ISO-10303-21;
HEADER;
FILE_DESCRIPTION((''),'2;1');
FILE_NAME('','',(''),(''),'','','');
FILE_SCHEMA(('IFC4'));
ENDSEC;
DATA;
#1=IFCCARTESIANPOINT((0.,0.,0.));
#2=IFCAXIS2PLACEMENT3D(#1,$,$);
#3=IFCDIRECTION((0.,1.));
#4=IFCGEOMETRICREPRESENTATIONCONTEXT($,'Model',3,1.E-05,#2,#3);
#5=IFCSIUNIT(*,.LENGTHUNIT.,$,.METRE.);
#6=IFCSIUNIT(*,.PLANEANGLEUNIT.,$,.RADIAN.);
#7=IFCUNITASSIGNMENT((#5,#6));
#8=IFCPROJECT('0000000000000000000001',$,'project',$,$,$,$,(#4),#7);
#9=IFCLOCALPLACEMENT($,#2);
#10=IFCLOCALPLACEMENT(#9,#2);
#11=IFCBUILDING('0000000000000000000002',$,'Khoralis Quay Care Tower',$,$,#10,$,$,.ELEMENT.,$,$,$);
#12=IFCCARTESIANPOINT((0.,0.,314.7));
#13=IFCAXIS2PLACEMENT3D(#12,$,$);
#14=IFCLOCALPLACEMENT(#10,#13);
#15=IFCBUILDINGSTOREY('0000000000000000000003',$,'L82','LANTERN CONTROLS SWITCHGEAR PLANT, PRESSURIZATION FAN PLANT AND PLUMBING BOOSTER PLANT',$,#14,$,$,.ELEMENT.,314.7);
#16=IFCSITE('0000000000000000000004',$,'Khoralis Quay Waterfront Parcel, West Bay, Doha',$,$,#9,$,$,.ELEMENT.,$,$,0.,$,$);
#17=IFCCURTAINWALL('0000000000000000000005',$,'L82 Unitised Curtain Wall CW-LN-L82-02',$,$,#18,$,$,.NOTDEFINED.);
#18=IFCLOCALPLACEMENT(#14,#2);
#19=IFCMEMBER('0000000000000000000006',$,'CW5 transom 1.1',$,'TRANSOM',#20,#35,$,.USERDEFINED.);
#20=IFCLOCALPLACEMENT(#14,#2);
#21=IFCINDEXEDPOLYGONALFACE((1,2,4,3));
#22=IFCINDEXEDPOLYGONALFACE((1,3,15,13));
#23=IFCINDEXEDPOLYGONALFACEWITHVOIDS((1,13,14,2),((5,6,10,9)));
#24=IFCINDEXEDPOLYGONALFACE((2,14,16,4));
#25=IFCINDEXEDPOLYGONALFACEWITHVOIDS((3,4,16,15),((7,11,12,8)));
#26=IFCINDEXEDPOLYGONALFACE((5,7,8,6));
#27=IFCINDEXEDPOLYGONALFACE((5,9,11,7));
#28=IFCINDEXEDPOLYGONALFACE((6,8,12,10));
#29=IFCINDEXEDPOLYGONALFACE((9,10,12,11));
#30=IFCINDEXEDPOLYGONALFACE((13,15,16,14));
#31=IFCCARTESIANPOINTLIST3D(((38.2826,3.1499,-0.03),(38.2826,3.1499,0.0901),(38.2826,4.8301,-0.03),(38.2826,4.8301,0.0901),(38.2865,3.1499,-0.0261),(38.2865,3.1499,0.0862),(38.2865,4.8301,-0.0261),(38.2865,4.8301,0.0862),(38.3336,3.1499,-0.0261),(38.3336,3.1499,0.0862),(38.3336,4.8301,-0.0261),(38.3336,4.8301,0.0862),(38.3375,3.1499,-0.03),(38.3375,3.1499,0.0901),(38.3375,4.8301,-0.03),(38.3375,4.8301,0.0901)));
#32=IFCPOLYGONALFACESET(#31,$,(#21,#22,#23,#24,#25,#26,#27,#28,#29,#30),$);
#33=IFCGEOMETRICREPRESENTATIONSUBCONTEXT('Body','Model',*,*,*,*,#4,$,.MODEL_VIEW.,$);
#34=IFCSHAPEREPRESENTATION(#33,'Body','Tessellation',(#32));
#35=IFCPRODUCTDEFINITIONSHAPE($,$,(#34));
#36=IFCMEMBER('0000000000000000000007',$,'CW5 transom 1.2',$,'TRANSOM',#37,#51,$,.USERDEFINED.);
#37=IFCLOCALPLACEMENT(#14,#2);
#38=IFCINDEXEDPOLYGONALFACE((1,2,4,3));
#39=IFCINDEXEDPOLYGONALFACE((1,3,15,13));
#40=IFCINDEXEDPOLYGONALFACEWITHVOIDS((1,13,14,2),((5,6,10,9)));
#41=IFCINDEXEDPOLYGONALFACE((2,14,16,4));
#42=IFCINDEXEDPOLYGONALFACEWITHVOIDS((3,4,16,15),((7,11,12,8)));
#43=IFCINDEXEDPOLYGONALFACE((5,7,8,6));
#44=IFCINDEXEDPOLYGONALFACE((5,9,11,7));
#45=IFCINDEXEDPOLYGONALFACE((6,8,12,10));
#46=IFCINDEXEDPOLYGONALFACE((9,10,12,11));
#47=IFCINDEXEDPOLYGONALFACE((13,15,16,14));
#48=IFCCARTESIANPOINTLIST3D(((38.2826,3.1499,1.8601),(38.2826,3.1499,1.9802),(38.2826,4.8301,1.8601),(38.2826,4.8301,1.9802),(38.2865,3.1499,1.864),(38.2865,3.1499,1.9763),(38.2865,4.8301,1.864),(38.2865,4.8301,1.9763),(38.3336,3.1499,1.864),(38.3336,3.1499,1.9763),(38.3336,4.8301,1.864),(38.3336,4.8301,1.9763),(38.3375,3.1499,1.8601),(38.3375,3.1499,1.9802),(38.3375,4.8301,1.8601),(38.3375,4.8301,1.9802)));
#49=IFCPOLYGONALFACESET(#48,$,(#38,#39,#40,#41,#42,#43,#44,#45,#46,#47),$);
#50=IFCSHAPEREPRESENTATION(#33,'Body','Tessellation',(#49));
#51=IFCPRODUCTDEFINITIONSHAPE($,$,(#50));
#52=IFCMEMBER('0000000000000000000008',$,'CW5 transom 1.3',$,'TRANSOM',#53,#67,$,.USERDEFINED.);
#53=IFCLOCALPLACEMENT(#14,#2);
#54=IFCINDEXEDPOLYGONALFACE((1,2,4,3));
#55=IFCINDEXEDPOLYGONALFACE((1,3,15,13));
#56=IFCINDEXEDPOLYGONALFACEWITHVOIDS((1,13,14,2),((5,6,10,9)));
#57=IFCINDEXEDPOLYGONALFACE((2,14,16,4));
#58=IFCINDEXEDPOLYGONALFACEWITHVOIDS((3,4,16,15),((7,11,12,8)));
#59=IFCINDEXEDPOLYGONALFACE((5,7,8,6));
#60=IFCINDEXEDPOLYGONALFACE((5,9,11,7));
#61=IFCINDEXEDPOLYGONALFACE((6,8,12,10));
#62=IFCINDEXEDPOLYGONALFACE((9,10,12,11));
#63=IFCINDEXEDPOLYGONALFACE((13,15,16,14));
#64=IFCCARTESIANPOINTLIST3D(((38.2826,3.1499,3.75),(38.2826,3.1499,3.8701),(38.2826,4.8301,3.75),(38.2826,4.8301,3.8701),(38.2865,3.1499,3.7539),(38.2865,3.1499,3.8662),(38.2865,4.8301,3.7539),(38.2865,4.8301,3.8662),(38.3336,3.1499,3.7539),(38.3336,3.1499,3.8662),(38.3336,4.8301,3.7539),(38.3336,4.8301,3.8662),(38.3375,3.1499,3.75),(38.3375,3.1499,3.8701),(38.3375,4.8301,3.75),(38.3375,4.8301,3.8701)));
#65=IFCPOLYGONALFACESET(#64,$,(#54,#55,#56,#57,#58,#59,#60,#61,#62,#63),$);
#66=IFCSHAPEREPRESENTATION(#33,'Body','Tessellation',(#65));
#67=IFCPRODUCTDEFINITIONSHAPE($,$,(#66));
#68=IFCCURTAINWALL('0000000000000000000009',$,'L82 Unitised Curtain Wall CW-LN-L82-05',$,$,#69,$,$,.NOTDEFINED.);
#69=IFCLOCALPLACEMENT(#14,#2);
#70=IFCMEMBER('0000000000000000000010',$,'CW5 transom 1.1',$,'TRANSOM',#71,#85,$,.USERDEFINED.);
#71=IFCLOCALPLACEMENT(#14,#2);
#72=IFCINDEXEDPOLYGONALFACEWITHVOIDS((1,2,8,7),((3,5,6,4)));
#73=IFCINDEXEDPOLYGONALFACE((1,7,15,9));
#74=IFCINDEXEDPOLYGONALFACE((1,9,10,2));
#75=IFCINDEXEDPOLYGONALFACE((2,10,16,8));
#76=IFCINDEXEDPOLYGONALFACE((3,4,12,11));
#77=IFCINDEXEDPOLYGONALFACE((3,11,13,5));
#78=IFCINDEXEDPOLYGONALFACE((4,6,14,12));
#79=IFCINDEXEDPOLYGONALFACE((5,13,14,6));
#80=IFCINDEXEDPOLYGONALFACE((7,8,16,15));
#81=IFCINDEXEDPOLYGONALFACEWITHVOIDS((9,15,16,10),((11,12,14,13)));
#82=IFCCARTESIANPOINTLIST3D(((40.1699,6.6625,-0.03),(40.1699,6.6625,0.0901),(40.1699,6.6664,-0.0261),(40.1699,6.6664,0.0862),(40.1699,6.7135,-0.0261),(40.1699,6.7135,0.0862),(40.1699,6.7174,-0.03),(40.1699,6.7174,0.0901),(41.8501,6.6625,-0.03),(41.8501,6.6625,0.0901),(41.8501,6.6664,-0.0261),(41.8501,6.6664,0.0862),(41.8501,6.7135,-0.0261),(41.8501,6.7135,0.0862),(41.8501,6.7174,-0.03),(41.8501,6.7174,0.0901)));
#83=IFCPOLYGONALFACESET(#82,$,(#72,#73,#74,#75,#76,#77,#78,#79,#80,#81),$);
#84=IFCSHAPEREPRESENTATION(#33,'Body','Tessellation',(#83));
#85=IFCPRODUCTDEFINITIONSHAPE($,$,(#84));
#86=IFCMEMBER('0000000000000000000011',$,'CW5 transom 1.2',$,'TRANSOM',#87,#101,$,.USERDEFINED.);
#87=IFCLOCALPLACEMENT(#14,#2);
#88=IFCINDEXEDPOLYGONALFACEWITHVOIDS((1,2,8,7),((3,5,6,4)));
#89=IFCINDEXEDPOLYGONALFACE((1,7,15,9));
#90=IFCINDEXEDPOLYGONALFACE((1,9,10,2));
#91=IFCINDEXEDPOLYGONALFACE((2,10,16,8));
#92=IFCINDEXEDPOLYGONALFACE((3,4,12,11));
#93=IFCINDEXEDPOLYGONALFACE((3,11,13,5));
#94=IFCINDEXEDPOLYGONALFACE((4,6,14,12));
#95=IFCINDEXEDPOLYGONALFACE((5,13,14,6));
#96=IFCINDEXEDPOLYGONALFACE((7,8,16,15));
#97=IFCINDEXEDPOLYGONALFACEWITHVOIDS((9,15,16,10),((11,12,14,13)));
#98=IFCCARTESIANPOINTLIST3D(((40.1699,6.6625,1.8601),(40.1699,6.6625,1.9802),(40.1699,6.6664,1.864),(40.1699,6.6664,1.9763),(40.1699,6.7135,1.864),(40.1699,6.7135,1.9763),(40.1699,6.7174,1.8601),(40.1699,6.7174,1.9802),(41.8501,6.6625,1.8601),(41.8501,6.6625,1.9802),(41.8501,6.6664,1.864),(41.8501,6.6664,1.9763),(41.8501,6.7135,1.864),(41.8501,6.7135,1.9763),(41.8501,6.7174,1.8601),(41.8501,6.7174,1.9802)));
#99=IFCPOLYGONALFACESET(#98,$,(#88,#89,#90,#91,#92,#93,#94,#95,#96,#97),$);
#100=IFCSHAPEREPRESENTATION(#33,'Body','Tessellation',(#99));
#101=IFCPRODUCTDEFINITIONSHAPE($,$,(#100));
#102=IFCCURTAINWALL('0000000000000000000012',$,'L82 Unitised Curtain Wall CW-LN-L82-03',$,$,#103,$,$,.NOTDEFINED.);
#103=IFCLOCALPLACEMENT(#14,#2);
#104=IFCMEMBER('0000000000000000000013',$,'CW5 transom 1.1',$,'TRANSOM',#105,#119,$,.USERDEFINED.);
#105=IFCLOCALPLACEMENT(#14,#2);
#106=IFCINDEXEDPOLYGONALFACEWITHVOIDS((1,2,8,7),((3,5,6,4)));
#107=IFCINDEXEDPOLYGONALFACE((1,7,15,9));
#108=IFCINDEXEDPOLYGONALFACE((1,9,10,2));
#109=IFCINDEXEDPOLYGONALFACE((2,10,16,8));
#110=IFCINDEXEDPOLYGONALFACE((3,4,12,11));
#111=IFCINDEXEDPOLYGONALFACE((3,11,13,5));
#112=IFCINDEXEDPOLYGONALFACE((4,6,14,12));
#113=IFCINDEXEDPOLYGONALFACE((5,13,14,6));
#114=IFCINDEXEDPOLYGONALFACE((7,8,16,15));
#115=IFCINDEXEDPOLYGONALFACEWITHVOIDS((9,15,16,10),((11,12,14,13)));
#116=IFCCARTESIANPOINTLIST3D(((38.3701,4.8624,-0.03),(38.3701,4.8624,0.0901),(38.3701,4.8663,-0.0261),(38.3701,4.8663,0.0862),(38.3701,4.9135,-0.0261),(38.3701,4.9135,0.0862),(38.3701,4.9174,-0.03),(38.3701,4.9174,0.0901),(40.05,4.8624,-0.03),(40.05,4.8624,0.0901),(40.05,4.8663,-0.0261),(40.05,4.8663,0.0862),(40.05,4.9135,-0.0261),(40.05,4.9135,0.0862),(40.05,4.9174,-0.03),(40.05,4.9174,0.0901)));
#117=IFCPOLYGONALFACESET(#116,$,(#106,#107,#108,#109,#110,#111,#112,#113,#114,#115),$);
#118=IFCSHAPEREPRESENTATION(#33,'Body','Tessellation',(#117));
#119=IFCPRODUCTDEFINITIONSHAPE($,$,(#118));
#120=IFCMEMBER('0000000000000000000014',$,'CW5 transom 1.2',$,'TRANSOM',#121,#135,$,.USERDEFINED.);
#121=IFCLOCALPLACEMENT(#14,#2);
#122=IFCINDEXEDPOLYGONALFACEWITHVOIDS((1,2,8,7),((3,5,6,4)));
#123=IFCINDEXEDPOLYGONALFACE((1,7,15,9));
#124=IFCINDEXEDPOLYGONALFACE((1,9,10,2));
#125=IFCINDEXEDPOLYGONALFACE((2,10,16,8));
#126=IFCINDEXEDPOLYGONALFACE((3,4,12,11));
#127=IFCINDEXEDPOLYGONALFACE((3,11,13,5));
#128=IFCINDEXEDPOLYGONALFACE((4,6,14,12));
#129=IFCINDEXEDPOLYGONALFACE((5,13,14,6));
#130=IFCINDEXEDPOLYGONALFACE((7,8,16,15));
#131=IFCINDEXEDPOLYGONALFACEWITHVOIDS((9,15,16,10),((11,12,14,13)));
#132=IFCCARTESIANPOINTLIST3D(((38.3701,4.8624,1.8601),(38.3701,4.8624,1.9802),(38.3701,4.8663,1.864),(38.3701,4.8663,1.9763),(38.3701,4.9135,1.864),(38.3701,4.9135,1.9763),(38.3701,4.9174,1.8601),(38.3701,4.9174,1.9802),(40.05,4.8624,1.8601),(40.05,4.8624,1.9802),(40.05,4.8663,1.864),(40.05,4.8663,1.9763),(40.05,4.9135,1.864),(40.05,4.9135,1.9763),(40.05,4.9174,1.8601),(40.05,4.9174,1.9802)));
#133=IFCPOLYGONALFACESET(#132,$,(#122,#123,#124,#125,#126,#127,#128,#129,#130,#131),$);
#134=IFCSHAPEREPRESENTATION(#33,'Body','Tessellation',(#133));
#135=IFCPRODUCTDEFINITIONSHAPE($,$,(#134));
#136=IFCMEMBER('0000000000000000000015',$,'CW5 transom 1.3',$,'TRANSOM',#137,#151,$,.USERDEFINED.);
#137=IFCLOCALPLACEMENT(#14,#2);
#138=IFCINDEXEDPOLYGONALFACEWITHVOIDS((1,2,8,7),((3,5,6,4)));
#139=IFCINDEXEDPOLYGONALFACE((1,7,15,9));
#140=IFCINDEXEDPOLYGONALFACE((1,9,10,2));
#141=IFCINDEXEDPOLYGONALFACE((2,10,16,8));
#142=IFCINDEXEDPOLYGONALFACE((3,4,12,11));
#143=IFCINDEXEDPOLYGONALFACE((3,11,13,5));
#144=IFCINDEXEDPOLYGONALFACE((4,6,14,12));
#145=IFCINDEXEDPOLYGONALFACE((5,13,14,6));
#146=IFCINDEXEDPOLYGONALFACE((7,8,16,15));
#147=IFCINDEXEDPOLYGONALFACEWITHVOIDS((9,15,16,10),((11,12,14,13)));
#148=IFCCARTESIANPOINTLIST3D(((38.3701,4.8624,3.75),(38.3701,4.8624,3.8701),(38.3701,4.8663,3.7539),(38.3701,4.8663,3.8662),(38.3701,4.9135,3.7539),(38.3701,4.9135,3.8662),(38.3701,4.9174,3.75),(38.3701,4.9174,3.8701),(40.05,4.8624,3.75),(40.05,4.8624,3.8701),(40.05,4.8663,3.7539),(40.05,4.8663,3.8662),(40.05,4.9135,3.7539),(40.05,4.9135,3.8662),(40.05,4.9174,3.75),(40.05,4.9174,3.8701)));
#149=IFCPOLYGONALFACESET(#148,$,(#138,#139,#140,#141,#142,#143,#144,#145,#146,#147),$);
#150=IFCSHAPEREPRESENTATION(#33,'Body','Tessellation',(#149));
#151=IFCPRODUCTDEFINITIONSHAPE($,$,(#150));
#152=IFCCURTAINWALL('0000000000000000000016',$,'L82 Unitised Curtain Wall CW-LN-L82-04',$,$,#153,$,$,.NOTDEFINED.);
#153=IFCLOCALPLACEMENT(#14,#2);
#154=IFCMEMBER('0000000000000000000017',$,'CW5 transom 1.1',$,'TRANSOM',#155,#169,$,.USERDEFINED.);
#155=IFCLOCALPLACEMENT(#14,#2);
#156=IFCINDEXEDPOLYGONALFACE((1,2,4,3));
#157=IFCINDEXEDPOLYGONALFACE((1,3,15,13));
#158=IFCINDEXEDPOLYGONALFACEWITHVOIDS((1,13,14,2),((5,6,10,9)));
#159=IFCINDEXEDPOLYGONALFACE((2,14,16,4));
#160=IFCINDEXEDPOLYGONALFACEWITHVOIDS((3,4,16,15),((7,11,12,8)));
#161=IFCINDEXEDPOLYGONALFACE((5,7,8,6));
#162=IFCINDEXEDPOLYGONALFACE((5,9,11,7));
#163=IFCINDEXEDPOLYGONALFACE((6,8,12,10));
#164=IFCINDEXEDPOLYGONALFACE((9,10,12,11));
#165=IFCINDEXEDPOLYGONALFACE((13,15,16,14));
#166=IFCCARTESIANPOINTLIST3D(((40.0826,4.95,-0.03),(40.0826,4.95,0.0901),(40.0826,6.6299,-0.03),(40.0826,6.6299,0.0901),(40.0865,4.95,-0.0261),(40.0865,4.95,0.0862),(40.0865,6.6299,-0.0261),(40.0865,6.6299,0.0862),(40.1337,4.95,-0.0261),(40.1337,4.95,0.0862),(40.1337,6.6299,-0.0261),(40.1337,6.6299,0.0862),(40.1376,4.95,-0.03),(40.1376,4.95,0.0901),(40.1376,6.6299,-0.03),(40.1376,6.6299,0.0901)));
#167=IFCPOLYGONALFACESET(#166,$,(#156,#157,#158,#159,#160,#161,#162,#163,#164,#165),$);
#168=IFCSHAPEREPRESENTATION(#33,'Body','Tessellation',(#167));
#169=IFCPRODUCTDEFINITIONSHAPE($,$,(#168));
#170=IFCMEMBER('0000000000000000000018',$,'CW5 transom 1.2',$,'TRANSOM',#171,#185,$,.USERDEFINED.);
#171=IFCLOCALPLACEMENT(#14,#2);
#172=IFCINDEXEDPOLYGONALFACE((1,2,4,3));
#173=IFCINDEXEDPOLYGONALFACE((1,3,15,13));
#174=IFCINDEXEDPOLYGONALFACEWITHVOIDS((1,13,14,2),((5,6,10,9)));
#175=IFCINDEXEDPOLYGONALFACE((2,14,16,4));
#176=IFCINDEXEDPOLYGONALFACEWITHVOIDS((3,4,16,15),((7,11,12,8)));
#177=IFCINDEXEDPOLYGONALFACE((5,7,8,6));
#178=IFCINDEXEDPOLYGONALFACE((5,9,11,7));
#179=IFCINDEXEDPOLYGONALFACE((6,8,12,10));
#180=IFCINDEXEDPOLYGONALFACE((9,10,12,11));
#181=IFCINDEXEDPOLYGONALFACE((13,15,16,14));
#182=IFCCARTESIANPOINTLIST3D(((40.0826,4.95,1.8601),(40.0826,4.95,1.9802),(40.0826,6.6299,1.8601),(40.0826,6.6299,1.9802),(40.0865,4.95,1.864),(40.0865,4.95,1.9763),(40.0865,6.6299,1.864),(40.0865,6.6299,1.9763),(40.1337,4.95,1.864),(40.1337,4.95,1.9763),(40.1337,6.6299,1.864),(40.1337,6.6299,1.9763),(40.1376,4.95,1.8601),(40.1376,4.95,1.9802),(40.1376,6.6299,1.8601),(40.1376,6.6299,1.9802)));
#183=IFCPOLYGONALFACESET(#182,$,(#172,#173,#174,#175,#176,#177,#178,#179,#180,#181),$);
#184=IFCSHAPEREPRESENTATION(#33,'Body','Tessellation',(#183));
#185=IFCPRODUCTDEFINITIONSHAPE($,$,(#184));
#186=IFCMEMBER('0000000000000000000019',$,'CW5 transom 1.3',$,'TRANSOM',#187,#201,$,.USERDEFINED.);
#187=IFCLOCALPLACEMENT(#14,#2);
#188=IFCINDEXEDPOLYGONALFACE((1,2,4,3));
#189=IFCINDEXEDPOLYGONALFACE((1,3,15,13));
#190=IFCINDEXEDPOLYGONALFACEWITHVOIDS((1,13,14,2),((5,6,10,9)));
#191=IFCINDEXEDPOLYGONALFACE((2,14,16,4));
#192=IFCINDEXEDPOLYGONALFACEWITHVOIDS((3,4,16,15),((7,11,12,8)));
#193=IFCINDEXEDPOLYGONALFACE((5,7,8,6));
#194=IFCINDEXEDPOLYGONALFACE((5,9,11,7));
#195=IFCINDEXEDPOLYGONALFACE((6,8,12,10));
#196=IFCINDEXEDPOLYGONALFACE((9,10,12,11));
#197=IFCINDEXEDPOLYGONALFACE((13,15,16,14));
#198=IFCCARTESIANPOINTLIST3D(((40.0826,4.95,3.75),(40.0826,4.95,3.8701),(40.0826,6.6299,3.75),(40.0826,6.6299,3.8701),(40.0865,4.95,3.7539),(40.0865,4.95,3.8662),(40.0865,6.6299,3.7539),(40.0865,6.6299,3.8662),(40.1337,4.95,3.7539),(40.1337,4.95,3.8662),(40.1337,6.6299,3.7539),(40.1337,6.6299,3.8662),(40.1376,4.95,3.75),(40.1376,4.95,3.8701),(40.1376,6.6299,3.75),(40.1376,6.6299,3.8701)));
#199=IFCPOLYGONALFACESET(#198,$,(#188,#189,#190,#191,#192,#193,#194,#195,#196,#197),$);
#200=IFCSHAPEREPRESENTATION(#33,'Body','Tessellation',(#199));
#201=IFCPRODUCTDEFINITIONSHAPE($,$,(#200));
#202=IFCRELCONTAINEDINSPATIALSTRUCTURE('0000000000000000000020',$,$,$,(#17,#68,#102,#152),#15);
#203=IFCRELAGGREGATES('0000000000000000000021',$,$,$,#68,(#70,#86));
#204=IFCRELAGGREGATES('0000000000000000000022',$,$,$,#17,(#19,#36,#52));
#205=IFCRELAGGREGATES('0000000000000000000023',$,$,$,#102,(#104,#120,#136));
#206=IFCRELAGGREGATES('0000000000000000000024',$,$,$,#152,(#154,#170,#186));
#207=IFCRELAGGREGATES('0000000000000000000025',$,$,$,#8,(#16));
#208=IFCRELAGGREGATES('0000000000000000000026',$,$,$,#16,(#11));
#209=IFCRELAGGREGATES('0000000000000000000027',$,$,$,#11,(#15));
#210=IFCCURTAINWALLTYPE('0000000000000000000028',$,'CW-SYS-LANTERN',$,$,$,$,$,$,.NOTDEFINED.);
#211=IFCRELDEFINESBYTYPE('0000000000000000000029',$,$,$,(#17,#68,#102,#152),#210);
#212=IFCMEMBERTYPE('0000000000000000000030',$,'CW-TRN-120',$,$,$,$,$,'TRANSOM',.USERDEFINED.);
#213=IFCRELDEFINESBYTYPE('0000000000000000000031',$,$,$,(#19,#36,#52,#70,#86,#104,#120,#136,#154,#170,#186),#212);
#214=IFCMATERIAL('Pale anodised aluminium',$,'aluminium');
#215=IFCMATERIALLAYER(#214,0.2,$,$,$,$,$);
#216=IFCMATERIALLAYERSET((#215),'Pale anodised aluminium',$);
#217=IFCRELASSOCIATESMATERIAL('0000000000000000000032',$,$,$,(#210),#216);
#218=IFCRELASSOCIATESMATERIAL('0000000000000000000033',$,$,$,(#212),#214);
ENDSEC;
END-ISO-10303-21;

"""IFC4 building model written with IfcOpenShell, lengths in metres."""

from ifc_helpers import new_model, si_unit, direction, frame, origin, origin_2d, place, context, subcontext, project, spatial, hollow_rectangle, extrude, source, transform, mapped, material, layer, layer_set, material_profile, profile_set, type_object, element, aggregate, save


model = new_model("IFC4")

# Units and contexts
model_context = context("Model", 3, precision=1e-05, world=origin(), true_north=direction((0.0, 1.0)))
body_context = subcontext(model_context, "Body", "Model", "MODEL_VIEW")
ifc_project = project(units=[si_unit("LENGTHUNIT", "METRE"), si_unit("PLANEANGLEUNIT", "RADIAN")], contexts=[model_context])

# Site, building, storey
site_placement = place(None, origin())
site = spatial("IfcSite", under=ifc_project, at=site_placement, Name="Khoralis Quay Waterfront Parcel, West Bay, Doha", CompositionType="ELEMENT", RefElevation=0.0)
building_placement = place(site_placement, origin())
building = spatial("IfcBuilding", under=site, at=building_placement, Name="Khoralis Quay Care Tower", CompositionType="ELEMENT")
storey_placement = place(building_placement, frame((0.0, 0.0, 314.7)))
storey = spatial("IfcBuildingStorey", under=building, at=storey_placement, Name="L82", Description="LANTERN CONTROLS SWITCHGEAR PLANT, PRESSURIZATION FAN PLANT AND PLUMBING BOOSTER PLANT", CompositionType="ELEMENT", Elevation=314.7)

# Curtain walls, members
ifc_material_1 = material(Name="Pale anodised aluminium", Category="aluminium")
ifc_layer_1 = layer(ifc_material_1, 0.2)
ifc_layer_set_1 = layer_set([ifc_layer_1], Name="Pale anodised aluminium")
curtain_wall_type = type_object("IfcCurtainWallType", Name="CW-SYS-LANTERN", PredefinedType="NOTDEFINED", material=ifc_layer_set_1)
curtain_wall_1_placement = place(storey_placement, origin())
curtain_wall_1 = element("IfcCurtainWall", 1, at=curtain_wall_1_placement, inside=storey, type_object=curtain_wall_type, Name="L82 Unitised Curtain Wall CW-LN-L82-02", PredefinedType="NOTDEFINED")
ifc_material_profile_1 = material_profile(ifc_material_1, hollow_rectangle(XDim=0.0549, YDim=0.1201, WallThickness=0.0039, at=origin_2d()), Name="Pale anodised aluminium")
ifc_profile_set_1 = profile_set([ifc_material_profile_1], Name="Pale anodised aluminium")
member_type_1 = type_object("IfcMemberType", Name="CW-TRN-120", ElementType="TRANSOM", PredefinedType="USERDEFINED", material=ifc_profile_set_1)
shared_shape_1 = source(origin(), body_context, "Body", "SweptSolid", [
    extrude(hollow_rectangle(XDim=0.0549, YDim=0.1201, WallThickness=0.0039, at=origin_2d()), origin(), (0.0, 0.0, 1.0), 1.6802),
])
member_1_placement = place(storey_placement, frame((38.3101, 3.1499, 0.03), z_axis=(0.0, 1.0, 0.0), x_axis=(-1.0, 0.0, 0.0)))
member_1 = element("IfcMember", 2, at=member_1_placement, type_object=member_type_1, Name="CW5 transom 1.1", ObjectType="TRANSOM", PredefinedType="USERDEFINED", context=body_context, shape_type="MappedRepresentation", body=[
    mapped(shared_shape_1, transform((0.0, 0.0, 0.0), scale=1.0)),
])
member_2_placement = place(storey_placement, frame((38.3101, 3.1499, 1.9202), z_axis=(0.0, 1.0, 0.0), x_axis=(-1.0, 0.0, 0.0)))
member_2 = element("IfcMember", 3, at=member_2_placement, type_object=member_type_1, Name="CW5 transom 1.2", ObjectType="TRANSOM", PredefinedType="USERDEFINED", context=body_context, shape_type="MappedRepresentation", body=[
    mapped(shared_shape_1, transform((0.0, 0.0, 0.0), scale=1.0)),
])
member_3_placement = place(storey_placement, frame((38.3101, 3.1499, 3.8101), z_axis=(0.0, 1.0, 0.0), x_axis=(-1.0, 0.0, 0.0)))
member_3 = element("IfcMember", 4, at=member_3_placement, type_object=member_type_1, Name="CW5 transom 1.3", ObjectType="TRANSOM", PredefinedType="USERDEFINED", context=body_context, shape_type="MappedRepresentation", body=[
    mapped(shared_shape_1, transform((0.0, 0.0, 0.0), scale=1.0)),
])
curtain_wall_2_placement = place(storey_placement, origin())
curtain_wall_2 = element("IfcCurtainWall", 5, at=curtain_wall_2_placement, inside=storey, type_object=curtain_wall_type, Name="L82 Unitised Curtain Wall CW-LN-L82-05", PredefinedType="NOTDEFINED")
member_4_placement = place(storey_placement, frame((40.1699, 6.6899, 0.03), z_axis=(1.0, 0.0, 0.0), x_axis=(0.0, 1.0, 0.0)))
member_4 = element("IfcMember", 6, at=member_4_placement, type_object=member_type_1, Name="CW5 transom 1.1", ObjectType="TRANSOM", PredefinedType="USERDEFINED", context=body_context, shape_type="MappedRepresentation", body=[
    mapped(shared_shape_1, transform((0.0, 0.0, 0.0), scale=1.0)),
])
member_5_placement = place(storey_placement, frame((40.1699, 6.6899, 1.9202), z_axis=(1.0, 0.0, 0.0), x_axis=(0.0, 1.0, 0.0)))
member_5 = element("IfcMember", 7, at=member_5_placement, type_object=member_type_1, Name="CW5 transom 1.2", ObjectType="TRANSOM", PredefinedType="USERDEFINED", context=body_context, shape_type="MappedRepresentation", body=[
    mapped(shared_shape_1, transform((0.0, 0.0, 0.0), scale=1.0)),
])
curtain_wall_3_placement = place(storey_placement, origin())
curtain_wall_3 = element("IfcCurtainWall", 8, at=curtain_wall_3_placement, inside=storey, type_object=curtain_wall_type, Name="L82 Unitised Curtain Wall CW-LN-L82-03", PredefinedType="NOTDEFINED")
shared_shape_2 = source(origin(), body_context, "Body", "SweptSolid", [
    extrude(hollow_rectangle(XDim=0.0549, YDim=0.1201, WallThickness=0.0039, at=origin_2d()), origin(), (0.0, 0.0, 1.0), 1.6799),
])
member_6_placement = place(storey_placement, frame((38.3701, 4.8899, 0.03), z_axis=(1.0, 0.0, 0.0), x_axis=(0.0, 1.0, 0.0)))
member_6 = element("IfcMember", 9, at=member_6_placement, type_object=member_type_1, Name="CW5 transom 1.1", ObjectType="TRANSOM", PredefinedType="USERDEFINED", context=body_context, shape_type="MappedRepresentation", body=[
    mapped(shared_shape_2, transform((0.0, 0.0, 0.0), scale=1.0)),
])
member_7_placement = place(storey_placement, frame((38.3701, 4.8899, 1.9202), z_axis=(1.0, 0.0, 0.0), x_axis=(0.0, 1.0, 0.0)))
member_7 = element("IfcMember", 10, at=member_7_placement, type_object=member_type_1, Name="CW5 transom 1.2", ObjectType="TRANSOM", PredefinedType="USERDEFINED", context=body_context, shape_type="MappedRepresentation", body=[
    mapped(shared_shape_2, transform((0.0, 0.0, 0.0), scale=1.0)),
])
member_8_placement = place(storey_placement, frame((38.3701, 4.8899, 3.8101), z_axis=(1.0, 0.0, 0.0), x_axis=(0.0, 1.0, 0.0)))
member_8 = element("IfcMember", 11, at=member_8_placement, type_object=member_type_1, Name="CW5 transom 1.3", ObjectType="TRANSOM", PredefinedType="USERDEFINED", context=body_context, shape_type="MappedRepresentation", body=[
    mapped(shared_shape_2, transform((0.0, 0.0, 0.0), scale=1.0)),
])
curtain_wall_4_placement = place(storey_placement, origin())
curtain_wall_4 = element("IfcCurtainWall", 12, at=curtain_wall_4_placement, inside=storey, type_object=curtain_wall_type, Name="L82 Unitised Curtain Wall CW-LN-L82-04", PredefinedType="NOTDEFINED")
member_9_placement = place(storey_placement, frame((40.1101, 4.95, 0.03), z_axis=(0.0, 1.0, 0.0), x_axis=(-1.0, 0.0, 0.0)))
member_9 = element("IfcMember", 13, at=member_9_placement, type_object=member_type_1, Name="CW5 transom 1.1", ObjectType="TRANSOM", PredefinedType="USERDEFINED", context=body_context, shape_type="MappedRepresentation", body=[
    mapped(shared_shape_2, transform((0.0, 0.0, 0.0), scale=1.0)),
])
member_10_placement = place(storey_placement, frame((40.1101, 4.95, 1.9202), z_axis=(0.0, 1.0, 0.0), x_axis=(-1.0, 0.0, 0.0)))
member_10 = element("IfcMember", 14, at=member_10_placement, type_object=member_type_1, Name="CW5 transom 1.2", ObjectType="TRANSOM", PredefinedType="USERDEFINED", context=body_context, shape_type="MappedRepresentation", body=[
    mapped(shared_shape_2, transform((0.0, 0.0, 0.0), scale=1.0)),
])
member_11_placement = place(storey_placement, frame((40.1101, 4.95, 3.8101), z_axis=(0.0, 1.0, 0.0), x_axis=(-1.0, 0.0, 0.0)))
member_11 = element("IfcMember", 15, at=member_11_placement, type_object=member_type_1, Name="CW5 transom 1.3", ObjectType="TRANSOM", PredefinedType="USERDEFINED", context=body_context, shape_type="MappedRepresentation", body=[
    mapped(shared_shape_2, transform((0.0, 0.0, 0.0), scale=1.0)),
])

aggregate(curtain_wall_2, [member_4, member_5])

aggregate(curtain_wall_1, [member_1, member_2, member_3])
aggregate(curtain_wall_3, [member_6, member_7, member_8])
aggregate(curtain_wall_4, [member_9, member_10, member_11])

save(model, "model.ifc")
